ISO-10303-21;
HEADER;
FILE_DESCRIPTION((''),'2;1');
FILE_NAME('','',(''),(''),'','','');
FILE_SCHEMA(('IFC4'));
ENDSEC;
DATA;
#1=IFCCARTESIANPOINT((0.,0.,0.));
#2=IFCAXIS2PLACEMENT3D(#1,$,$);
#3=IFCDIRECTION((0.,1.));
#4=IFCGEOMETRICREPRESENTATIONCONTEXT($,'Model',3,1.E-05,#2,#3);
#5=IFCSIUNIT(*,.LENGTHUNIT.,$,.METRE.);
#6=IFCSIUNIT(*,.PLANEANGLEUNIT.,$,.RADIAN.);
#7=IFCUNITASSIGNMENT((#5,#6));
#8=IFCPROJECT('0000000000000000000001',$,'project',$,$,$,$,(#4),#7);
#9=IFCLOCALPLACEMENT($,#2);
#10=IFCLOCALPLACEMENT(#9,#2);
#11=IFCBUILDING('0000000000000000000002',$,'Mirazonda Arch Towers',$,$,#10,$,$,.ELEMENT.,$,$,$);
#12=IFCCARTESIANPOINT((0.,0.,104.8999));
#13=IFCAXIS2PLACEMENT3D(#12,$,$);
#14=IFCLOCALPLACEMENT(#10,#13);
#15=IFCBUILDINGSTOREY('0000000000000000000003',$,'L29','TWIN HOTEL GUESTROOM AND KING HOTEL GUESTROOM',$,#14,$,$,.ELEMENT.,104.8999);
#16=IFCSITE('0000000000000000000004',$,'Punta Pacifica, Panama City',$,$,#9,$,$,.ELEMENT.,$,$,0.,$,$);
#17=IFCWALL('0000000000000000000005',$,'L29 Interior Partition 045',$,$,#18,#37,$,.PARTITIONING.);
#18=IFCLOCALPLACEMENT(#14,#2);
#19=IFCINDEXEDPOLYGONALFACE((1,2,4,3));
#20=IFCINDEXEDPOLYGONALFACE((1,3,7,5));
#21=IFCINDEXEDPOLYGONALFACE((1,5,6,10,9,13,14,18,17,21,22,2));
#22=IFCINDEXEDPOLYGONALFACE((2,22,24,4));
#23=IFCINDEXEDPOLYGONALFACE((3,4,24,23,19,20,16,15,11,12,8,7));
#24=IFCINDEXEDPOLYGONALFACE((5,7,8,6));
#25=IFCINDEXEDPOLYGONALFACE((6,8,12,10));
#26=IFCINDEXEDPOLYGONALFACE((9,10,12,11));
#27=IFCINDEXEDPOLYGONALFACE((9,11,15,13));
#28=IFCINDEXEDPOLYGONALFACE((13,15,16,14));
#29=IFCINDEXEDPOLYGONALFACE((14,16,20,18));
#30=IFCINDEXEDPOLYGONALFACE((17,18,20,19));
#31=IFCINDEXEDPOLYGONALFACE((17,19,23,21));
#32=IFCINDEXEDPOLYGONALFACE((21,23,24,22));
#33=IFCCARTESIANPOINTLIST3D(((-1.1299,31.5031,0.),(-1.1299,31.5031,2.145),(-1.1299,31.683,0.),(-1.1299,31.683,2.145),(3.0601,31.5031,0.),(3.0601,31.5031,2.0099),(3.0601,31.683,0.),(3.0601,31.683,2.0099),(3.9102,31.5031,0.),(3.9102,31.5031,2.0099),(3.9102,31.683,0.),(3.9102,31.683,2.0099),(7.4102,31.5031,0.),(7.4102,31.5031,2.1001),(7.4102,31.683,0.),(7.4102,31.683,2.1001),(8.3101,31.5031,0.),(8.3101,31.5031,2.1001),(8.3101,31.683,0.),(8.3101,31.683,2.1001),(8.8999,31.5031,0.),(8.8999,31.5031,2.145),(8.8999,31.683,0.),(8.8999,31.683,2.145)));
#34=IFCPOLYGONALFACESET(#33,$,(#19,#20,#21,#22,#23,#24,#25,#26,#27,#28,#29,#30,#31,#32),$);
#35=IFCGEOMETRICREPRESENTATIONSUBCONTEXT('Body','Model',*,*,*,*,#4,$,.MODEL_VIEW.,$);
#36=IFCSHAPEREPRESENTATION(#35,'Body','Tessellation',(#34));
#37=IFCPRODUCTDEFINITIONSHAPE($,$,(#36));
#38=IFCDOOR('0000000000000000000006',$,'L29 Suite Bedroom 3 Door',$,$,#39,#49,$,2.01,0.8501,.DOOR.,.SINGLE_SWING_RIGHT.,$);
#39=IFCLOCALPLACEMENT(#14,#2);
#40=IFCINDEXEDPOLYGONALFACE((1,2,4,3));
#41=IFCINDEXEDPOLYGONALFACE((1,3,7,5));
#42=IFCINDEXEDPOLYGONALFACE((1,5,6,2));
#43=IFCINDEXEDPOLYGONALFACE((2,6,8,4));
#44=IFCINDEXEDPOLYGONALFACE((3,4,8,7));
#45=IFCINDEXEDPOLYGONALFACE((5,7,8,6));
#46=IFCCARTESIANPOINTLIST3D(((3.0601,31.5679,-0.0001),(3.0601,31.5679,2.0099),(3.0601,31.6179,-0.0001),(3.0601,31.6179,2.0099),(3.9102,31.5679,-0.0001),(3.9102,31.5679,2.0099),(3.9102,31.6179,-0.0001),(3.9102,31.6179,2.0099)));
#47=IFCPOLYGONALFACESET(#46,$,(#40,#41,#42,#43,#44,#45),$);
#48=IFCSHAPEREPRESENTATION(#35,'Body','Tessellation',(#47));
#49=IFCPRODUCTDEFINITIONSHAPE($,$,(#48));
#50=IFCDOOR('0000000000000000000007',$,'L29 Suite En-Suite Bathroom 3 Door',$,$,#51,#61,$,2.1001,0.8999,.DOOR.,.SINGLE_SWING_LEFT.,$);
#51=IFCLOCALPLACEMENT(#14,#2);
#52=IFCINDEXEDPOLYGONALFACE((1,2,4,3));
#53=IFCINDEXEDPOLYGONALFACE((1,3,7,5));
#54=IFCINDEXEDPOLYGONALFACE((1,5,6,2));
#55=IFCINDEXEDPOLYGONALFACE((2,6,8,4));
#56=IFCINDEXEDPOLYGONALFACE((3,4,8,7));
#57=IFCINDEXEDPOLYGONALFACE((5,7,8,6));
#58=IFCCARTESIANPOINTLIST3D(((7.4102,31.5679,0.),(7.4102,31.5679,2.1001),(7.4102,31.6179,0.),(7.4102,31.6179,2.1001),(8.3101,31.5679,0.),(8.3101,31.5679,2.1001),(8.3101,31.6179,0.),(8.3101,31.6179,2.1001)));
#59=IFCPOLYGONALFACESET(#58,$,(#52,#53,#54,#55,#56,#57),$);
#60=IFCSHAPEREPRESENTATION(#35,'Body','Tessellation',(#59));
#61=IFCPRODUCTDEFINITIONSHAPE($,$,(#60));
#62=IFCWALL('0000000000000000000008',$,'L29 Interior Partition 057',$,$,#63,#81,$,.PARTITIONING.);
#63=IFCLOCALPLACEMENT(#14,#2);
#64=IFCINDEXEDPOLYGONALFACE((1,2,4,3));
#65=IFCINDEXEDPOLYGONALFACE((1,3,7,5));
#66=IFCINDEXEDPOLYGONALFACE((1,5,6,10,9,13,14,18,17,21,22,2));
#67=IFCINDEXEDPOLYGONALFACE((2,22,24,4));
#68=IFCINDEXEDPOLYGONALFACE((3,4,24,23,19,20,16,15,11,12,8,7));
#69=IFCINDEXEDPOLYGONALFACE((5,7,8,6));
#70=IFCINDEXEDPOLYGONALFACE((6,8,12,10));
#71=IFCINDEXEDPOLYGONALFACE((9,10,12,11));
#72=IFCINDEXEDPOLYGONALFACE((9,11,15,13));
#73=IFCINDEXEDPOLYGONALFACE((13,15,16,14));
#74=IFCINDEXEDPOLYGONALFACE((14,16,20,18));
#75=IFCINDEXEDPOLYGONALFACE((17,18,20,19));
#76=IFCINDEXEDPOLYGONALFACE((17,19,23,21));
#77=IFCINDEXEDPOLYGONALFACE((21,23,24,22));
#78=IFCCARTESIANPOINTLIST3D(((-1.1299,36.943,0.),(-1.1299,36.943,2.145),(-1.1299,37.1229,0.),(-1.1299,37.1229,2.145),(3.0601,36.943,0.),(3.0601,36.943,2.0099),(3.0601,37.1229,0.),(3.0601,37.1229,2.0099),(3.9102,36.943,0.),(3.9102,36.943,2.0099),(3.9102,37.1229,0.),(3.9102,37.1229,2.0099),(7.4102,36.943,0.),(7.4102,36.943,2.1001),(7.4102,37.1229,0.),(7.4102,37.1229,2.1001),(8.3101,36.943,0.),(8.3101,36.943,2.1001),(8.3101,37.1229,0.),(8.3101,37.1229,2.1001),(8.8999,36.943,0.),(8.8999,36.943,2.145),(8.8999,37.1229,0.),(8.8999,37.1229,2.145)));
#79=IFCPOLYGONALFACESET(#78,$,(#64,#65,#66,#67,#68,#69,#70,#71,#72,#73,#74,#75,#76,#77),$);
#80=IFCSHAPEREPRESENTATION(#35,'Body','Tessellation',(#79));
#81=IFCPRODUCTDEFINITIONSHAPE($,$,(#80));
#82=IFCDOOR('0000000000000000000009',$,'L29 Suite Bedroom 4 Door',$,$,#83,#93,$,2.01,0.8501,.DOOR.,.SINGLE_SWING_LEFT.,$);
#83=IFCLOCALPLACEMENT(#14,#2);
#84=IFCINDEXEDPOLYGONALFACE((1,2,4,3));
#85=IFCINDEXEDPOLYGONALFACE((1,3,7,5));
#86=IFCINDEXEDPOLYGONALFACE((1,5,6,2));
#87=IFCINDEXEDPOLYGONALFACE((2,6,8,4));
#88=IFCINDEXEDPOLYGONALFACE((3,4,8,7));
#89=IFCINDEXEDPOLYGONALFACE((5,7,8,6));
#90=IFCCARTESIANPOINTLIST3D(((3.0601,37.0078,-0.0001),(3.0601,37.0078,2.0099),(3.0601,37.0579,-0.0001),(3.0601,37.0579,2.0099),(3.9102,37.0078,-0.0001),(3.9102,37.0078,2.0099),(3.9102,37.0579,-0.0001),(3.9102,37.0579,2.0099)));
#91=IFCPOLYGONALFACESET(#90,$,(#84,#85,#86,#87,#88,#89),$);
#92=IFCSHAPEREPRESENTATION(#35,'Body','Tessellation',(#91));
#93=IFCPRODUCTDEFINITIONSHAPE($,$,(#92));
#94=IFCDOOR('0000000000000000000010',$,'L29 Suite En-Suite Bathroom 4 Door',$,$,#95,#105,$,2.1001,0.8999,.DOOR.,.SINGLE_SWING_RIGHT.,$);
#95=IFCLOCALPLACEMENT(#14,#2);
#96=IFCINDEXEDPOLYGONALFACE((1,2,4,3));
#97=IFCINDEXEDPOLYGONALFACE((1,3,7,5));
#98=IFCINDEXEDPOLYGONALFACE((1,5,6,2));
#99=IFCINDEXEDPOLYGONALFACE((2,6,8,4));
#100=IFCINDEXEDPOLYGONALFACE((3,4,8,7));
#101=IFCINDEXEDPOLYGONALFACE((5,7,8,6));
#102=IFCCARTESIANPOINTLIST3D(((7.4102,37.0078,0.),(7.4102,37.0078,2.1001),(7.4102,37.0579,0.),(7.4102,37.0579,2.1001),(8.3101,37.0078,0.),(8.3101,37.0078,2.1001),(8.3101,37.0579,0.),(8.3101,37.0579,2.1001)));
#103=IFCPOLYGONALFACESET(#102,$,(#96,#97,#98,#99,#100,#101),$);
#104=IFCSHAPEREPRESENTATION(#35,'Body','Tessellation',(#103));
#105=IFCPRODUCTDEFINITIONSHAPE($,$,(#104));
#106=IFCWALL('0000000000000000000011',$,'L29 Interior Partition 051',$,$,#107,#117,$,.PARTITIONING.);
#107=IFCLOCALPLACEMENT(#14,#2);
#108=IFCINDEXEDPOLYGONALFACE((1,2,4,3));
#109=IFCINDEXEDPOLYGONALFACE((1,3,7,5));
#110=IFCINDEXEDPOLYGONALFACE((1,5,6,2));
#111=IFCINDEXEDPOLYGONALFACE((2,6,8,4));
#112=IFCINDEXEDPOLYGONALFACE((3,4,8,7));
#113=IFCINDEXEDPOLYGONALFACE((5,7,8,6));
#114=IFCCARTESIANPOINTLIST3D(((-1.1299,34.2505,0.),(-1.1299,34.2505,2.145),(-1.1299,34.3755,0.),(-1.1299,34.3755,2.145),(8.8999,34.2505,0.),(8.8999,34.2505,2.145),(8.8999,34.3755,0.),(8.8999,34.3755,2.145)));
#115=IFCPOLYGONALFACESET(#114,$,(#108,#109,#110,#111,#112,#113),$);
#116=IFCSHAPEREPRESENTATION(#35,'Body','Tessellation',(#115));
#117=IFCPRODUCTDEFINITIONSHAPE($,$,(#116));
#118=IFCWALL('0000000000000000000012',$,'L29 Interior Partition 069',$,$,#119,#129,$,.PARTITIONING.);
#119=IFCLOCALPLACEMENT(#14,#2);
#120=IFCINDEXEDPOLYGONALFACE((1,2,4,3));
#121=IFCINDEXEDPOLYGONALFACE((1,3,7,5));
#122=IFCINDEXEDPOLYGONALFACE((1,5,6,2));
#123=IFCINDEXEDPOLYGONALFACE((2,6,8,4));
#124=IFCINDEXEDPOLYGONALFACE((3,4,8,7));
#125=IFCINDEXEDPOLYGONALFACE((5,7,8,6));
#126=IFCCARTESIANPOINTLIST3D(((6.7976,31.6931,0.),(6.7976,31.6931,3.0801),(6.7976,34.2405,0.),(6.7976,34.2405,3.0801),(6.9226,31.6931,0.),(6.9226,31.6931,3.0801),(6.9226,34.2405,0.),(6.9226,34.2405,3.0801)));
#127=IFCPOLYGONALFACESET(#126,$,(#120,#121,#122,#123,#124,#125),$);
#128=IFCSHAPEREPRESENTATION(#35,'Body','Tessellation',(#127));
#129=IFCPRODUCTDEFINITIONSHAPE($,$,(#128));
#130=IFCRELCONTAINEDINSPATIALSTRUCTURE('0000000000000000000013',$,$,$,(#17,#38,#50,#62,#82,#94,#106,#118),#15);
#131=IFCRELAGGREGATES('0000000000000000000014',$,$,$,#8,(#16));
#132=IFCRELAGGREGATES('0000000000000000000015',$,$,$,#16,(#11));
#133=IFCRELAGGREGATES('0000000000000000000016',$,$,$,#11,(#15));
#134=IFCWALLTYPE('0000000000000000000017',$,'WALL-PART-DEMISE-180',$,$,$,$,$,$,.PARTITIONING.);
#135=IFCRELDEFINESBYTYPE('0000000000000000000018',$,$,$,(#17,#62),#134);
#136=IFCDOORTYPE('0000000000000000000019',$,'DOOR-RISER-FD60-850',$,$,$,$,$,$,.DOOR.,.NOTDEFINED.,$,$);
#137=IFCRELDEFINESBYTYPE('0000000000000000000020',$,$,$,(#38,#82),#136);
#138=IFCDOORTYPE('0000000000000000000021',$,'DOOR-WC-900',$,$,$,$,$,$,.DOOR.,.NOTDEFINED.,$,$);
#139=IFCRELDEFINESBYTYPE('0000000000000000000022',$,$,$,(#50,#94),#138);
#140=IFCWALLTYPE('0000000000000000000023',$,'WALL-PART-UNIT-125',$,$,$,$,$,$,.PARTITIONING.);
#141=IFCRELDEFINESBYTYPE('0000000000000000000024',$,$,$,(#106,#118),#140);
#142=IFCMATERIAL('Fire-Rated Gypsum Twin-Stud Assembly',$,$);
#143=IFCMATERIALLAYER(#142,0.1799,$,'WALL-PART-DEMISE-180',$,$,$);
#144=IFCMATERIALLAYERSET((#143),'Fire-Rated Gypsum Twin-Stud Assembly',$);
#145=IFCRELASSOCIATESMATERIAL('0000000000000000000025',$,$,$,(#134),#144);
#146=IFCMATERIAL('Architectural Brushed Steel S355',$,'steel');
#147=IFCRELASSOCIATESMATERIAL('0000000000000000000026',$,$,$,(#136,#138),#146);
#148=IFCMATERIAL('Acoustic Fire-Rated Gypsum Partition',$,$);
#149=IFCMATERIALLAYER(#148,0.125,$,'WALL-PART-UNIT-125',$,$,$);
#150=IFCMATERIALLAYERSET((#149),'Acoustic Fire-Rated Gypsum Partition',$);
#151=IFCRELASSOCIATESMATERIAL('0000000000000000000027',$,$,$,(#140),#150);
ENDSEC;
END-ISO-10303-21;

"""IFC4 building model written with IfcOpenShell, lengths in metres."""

from ifc_helpers import new_model, si_unit, direction, frame, frame_2d, origin, place, context, subcontext, project, spatial, rectangle, extrude, material, layer, layer_set, type_object, element, fill, save


model = new_model("IFC4")

# Units and contexts
model_context = context("Model", 3, precision=1e-05, world=origin(), true_north=direction((0.0, 1.0)))
body_context = subcontext(model_context, "Body", "Model", "MODEL_VIEW")
ifc_project = project(units=[si_unit("LENGTHUNIT", "METRE"), si_unit("PLANEANGLEUNIT", "RADIAN")], contexts=[model_context])

# Site, building, storey
site_placement = place(None, origin())
site = spatial("IfcSite", under=ifc_project, at=site_placement, Name="Punta Pacifica, Panama City", CompositionType="ELEMENT", RefElevation=0.0)
building_placement = place(site_placement, origin())
building = spatial("IfcBuilding", under=site, at=building_placement, Name="Mirazonda Arch Towers", CompositionType="ELEMENT")
storey_placement = place(building_placement, frame((0.0, 0.0, 104.8999)))
storey = spatial("IfcBuildingStorey", under=building, at=storey_placement, Name="L29", Description="TWIN HOTEL GUESTROOM AND KING HOTEL GUESTROOM", CompositionType="ELEMENT", Elevation=104.8999)

# Shared definitions
ifc_material_1 = material(Name="Fire-Rated Gypsum Twin-Stud Assembly")
ifc_layer_1 = layer(ifc_material_1, 0.1799, Name="WALL-PART-DEMISE-180")
ifc_layer_set_1 = layer_set([ifc_layer_1], Name="Fire-Rated Gypsum Twin-Stud Assembly")
wall_type_1 = type_object("IfcWallType", Name="WALL-PART-DEMISE-180", PredefinedType="PARTITIONING", material=ifc_layer_set_1)

# Walls, openings, doors
wall_1_placement = place(storey_placement, frame((-1.1299, 31.593, 0.0), z_axis=(0.0, 0.0, 1.0), x_axis=(1.0, 0.0, 0.0)))
wall_1 = element("IfcWall", 1, at=wall_1_placement, inside=storey, type_object=wall_type_1, Name="L29 Interior Partition 045", PredefinedType="PARTITIONING", context=body_context, shape_type="SweptSolid", body=[
    extrude(rectangle(XDim=10.0298, YDim=0.1799, at=frame_2d((5.0149, 0.0))), origin(), (0.0, 0.0, 1.0), 2.145),
])
opening_1_placement = place(wall_1_placement, frame((4.1899, 0.0, 0.0)))
opening_1 = element("IfcOpeningElement", 2, at=opening_1_placement, cuts=wall_1, PredefinedType="OPENING", context=body_context, shape_type="SweptSolid", body=[
    extrude(rectangle(XDim=0.8501, YDim=2.01, at=frame_2d((0.425, 1.0049))), frame((0.0, 0.0999, 0.0), z_axis=(0.0, -1.0, 0.0), x_axis=(1.0, 0.0, 0.0)), (0.0, 0.0, 1.0), 0.2),
])
opening_2_placement = place(wall_1_placement, frame((8.54, 0.0, 0.0)))
opening_2 = element("IfcOpeningElement", 3, at=opening_2_placement, cuts=wall_1, PredefinedType="OPENING", context=body_context, shape_type="SweptSolid", body=[
    extrude(rectangle(XDim=0.8999, YDim=2.1001, at=frame_2d((0.45, 1.05))), frame((0.0, 0.0999, 0.0), z_axis=(0.0, -1.0, 0.0), x_axis=(1.0, 0.0, 0.0)), (0.0, 0.0, 1.0), 0.2),
])
ifc_material_2 = material(Name="Architectural Brushed Steel S355", Category="steel")
door_type_1 = type_object("IfcDoorType", Name="DOOR-RISER-FD60-850", OperationType="NOTDEFINED", PredefinedType="DOOR", material=ifc_material_2)
door_1_placement = place(opening_1_placement, origin())
door_1 = element("IfcDoor", 4, at=door_1_placement, inside=storey, type_object=door_type_1, Name="L29 Suite Bedroom 3 Door", OperationType="SINGLE_SWING_RIGHT", OverallHeight=2.01, OverallWidth=0.8501, PredefinedType="DOOR", context=body_context, shape_type="SweptSolid", body=[
    extrude(rectangle(XDim=0.8501, YDim=2.01, at=frame_2d((0.425, 1.0049))), frame((0.0, 0.0249, 0.0), z_axis=(0.0, -1.0, 0.0), x_axis=(1.0, 0.0, 0.0)), (0.0, 0.0, 1.0), 0.05),
])
fill(opening_1, door_1)
door_type_2 = type_object("IfcDoorType", Name="DOOR-WC-900", OperationType="NOTDEFINED", PredefinedType="DOOR", material=ifc_material_2)
door_2_placement = place(opening_2_placement, origin())
door_2 = element("IfcDoor", 5, at=door_2_placement, inside=storey, type_object=door_type_2, Name="L29 Suite En-Suite Bathroom 3 Door", OperationType="SINGLE_SWING_LEFT", OverallHeight=2.1001, OverallWidth=0.8999, PredefinedType="DOOR", context=body_context, shape_type="SweptSolid", body=[
    extrude(rectangle(XDim=0.8999, YDim=2.1001, at=frame_2d((0.45, 1.05))), frame((0.0, 0.0249, 0.0), z_axis=(0.0, -1.0, 0.0), x_axis=(1.0, 0.0, 0.0)), (0.0, 0.0, 1.0), 0.05),
])
fill(opening_2, door_2)
wall_2_placement = place(storey_placement, frame((-1.1299, 37.033, 0.0), z_axis=(0.0, 0.0, 1.0), x_axis=(1.0, 0.0, 0.0)))
wall_2 = element("IfcWall", 6, at=wall_2_placement, inside=storey, type_object=wall_type_1, Name="L29 Interior Partition 057", PredefinedType="PARTITIONING", context=body_context, shape_type="SweptSolid", body=[
    extrude(rectangle(XDim=10.0298, YDim=0.1799, at=frame_2d((5.0149, 0.0))), origin(), (0.0, 0.0, 1.0), 2.145),
])
opening_3_placement = place(wall_2_placement, frame((4.1899, 0.0, 0.0)))
opening_3 = element("IfcOpeningElement", 7, at=opening_3_placement, cuts=wall_2, PredefinedType="OPENING", context=body_context, shape_type="SweptSolid", body=[
    extrude(rectangle(XDim=0.8501, YDim=2.01, at=frame_2d((0.425, 1.0049))), frame((0.0, 0.0999, 0.0), z_axis=(0.0, -1.0, 0.0), x_axis=(1.0, 0.0, 0.0)), (0.0, 0.0, 1.0), 0.2),
])
opening_4_placement = place(wall_2_placement, frame((8.54, 0.0, 0.0)))
opening_4 = element("IfcOpeningElement", 8, at=opening_4_placement, cuts=wall_2, PredefinedType="OPENING", context=body_context, shape_type="SweptSolid", body=[
    extrude(rectangle(XDim=0.8999, YDim=2.1001, at=frame_2d((0.45, 1.05))), frame((0.0, 0.0999, 0.0), z_axis=(0.0, -1.0, 0.0), x_axis=(1.0, 0.0, 0.0)), (0.0, 0.0, 1.0), 0.2),
])
door_3_placement = place(opening_3_placement, origin())
door_3 = element("IfcDoor", 9, at=door_3_placement, inside=storey, type_object=door_type_1, Name="L29 Suite Bedroom 4 Door", OperationType="SINGLE_SWING_LEFT", OverallHeight=2.01, OverallWidth=0.8501, PredefinedType="DOOR", context=body_context, shape_type="SweptSolid", body=[
    extrude(rectangle(XDim=0.8501, YDim=2.01, at=frame_2d((0.425, 1.0049))), frame((0.0, 0.0249, 0.0), z_axis=(0.0, -1.0, 0.0), x_axis=(1.0, 0.0, 0.0)), (0.0, 0.0, 1.0), 0.05),
])
fill(opening_3, door_3)
door_4_placement = place(opening_4_placement, origin())
door_4 = element("IfcDoor", 10, at=door_4_placement, inside=storey, type_object=door_type_2, Name="L29 Suite En-Suite Bathroom 4 Door", OperationType="SINGLE_SWING_RIGHT", OverallHeight=2.1001, OverallWidth=0.8999, PredefinedType="DOOR", context=body_context, shape_type="SweptSolid", body=[
    extrude(rectangle(XDim=0.8999, YDim=2.1001, at=frame_2d((0.45, 1.05))), frame((0.0, 0.0249, 0.0), z_axis=(0.0, -1.0, 0.0), x_axis=(1.0, 0.0, 0.0)), (0.0, 0.0, 1.0), 0.05),
])
fill(opening_4, door_4)

# Walls
ifc_material_3 = material(Name="Acoustic Fire-Rated Gypsum Partition")
ifc_layer_2 = layer(ifc_material_3, 0.125, Name="WALL-PART-UNIT-125")
ifc_layer_set_2 = layer_set([ifc_layer_2], Name="Acoustic Fire-Rated Gypsum Partition")
wall_type_2 = type_object("IfcWallType", Name="WALL-PART-UNIT-125", PredefinedType="PARTITIONING", material=ifc_layer_set_2)
wall_3_placement = place(storey_placement, frame((-1.1299, 34.313, 0.0), z_axis=(0.0, 0.0, 1.0), x_axis=(1.0, 0.0, 0.0)))
element("IfcWall", 11, at=wall_3_placement, inside=storey, type_object=wall_type_2, Name="L29 Interior Partition 051", PredefinedType="PARTITIONING", context=body_context, shape_type="SweptSolid", body=[
    extrude(rectangle(XDim=10.0298, YDim=0.125, at=frame_2d((5.0149, 0.0))), origin(), (0.0, 0.0, 1.0), 2.145),
])
wall_4_placement = place(storey_placement, frame((6.8601, 31.6931, 0.0), z_axis=(0.0, 0.0, 1.0), x_axis=(0.0, 1.0, 0.0)))
element("IfcWall", 12, at=wall_4_placement, inside=storey, type_object=wall_type_2, Name="L29 Interior Partition 069", PredefinedType="PARTITIONING", context=body_context, shape_type="SweptSolid", body=[
    extrude(rectangle(XDim=2.5474, YDim=0.125, at=frame_2d((1.2737, 0.0))), origin(), (0.0, 0.0, 1.0), 3.0801),
])

save(model, "model.ifc")
